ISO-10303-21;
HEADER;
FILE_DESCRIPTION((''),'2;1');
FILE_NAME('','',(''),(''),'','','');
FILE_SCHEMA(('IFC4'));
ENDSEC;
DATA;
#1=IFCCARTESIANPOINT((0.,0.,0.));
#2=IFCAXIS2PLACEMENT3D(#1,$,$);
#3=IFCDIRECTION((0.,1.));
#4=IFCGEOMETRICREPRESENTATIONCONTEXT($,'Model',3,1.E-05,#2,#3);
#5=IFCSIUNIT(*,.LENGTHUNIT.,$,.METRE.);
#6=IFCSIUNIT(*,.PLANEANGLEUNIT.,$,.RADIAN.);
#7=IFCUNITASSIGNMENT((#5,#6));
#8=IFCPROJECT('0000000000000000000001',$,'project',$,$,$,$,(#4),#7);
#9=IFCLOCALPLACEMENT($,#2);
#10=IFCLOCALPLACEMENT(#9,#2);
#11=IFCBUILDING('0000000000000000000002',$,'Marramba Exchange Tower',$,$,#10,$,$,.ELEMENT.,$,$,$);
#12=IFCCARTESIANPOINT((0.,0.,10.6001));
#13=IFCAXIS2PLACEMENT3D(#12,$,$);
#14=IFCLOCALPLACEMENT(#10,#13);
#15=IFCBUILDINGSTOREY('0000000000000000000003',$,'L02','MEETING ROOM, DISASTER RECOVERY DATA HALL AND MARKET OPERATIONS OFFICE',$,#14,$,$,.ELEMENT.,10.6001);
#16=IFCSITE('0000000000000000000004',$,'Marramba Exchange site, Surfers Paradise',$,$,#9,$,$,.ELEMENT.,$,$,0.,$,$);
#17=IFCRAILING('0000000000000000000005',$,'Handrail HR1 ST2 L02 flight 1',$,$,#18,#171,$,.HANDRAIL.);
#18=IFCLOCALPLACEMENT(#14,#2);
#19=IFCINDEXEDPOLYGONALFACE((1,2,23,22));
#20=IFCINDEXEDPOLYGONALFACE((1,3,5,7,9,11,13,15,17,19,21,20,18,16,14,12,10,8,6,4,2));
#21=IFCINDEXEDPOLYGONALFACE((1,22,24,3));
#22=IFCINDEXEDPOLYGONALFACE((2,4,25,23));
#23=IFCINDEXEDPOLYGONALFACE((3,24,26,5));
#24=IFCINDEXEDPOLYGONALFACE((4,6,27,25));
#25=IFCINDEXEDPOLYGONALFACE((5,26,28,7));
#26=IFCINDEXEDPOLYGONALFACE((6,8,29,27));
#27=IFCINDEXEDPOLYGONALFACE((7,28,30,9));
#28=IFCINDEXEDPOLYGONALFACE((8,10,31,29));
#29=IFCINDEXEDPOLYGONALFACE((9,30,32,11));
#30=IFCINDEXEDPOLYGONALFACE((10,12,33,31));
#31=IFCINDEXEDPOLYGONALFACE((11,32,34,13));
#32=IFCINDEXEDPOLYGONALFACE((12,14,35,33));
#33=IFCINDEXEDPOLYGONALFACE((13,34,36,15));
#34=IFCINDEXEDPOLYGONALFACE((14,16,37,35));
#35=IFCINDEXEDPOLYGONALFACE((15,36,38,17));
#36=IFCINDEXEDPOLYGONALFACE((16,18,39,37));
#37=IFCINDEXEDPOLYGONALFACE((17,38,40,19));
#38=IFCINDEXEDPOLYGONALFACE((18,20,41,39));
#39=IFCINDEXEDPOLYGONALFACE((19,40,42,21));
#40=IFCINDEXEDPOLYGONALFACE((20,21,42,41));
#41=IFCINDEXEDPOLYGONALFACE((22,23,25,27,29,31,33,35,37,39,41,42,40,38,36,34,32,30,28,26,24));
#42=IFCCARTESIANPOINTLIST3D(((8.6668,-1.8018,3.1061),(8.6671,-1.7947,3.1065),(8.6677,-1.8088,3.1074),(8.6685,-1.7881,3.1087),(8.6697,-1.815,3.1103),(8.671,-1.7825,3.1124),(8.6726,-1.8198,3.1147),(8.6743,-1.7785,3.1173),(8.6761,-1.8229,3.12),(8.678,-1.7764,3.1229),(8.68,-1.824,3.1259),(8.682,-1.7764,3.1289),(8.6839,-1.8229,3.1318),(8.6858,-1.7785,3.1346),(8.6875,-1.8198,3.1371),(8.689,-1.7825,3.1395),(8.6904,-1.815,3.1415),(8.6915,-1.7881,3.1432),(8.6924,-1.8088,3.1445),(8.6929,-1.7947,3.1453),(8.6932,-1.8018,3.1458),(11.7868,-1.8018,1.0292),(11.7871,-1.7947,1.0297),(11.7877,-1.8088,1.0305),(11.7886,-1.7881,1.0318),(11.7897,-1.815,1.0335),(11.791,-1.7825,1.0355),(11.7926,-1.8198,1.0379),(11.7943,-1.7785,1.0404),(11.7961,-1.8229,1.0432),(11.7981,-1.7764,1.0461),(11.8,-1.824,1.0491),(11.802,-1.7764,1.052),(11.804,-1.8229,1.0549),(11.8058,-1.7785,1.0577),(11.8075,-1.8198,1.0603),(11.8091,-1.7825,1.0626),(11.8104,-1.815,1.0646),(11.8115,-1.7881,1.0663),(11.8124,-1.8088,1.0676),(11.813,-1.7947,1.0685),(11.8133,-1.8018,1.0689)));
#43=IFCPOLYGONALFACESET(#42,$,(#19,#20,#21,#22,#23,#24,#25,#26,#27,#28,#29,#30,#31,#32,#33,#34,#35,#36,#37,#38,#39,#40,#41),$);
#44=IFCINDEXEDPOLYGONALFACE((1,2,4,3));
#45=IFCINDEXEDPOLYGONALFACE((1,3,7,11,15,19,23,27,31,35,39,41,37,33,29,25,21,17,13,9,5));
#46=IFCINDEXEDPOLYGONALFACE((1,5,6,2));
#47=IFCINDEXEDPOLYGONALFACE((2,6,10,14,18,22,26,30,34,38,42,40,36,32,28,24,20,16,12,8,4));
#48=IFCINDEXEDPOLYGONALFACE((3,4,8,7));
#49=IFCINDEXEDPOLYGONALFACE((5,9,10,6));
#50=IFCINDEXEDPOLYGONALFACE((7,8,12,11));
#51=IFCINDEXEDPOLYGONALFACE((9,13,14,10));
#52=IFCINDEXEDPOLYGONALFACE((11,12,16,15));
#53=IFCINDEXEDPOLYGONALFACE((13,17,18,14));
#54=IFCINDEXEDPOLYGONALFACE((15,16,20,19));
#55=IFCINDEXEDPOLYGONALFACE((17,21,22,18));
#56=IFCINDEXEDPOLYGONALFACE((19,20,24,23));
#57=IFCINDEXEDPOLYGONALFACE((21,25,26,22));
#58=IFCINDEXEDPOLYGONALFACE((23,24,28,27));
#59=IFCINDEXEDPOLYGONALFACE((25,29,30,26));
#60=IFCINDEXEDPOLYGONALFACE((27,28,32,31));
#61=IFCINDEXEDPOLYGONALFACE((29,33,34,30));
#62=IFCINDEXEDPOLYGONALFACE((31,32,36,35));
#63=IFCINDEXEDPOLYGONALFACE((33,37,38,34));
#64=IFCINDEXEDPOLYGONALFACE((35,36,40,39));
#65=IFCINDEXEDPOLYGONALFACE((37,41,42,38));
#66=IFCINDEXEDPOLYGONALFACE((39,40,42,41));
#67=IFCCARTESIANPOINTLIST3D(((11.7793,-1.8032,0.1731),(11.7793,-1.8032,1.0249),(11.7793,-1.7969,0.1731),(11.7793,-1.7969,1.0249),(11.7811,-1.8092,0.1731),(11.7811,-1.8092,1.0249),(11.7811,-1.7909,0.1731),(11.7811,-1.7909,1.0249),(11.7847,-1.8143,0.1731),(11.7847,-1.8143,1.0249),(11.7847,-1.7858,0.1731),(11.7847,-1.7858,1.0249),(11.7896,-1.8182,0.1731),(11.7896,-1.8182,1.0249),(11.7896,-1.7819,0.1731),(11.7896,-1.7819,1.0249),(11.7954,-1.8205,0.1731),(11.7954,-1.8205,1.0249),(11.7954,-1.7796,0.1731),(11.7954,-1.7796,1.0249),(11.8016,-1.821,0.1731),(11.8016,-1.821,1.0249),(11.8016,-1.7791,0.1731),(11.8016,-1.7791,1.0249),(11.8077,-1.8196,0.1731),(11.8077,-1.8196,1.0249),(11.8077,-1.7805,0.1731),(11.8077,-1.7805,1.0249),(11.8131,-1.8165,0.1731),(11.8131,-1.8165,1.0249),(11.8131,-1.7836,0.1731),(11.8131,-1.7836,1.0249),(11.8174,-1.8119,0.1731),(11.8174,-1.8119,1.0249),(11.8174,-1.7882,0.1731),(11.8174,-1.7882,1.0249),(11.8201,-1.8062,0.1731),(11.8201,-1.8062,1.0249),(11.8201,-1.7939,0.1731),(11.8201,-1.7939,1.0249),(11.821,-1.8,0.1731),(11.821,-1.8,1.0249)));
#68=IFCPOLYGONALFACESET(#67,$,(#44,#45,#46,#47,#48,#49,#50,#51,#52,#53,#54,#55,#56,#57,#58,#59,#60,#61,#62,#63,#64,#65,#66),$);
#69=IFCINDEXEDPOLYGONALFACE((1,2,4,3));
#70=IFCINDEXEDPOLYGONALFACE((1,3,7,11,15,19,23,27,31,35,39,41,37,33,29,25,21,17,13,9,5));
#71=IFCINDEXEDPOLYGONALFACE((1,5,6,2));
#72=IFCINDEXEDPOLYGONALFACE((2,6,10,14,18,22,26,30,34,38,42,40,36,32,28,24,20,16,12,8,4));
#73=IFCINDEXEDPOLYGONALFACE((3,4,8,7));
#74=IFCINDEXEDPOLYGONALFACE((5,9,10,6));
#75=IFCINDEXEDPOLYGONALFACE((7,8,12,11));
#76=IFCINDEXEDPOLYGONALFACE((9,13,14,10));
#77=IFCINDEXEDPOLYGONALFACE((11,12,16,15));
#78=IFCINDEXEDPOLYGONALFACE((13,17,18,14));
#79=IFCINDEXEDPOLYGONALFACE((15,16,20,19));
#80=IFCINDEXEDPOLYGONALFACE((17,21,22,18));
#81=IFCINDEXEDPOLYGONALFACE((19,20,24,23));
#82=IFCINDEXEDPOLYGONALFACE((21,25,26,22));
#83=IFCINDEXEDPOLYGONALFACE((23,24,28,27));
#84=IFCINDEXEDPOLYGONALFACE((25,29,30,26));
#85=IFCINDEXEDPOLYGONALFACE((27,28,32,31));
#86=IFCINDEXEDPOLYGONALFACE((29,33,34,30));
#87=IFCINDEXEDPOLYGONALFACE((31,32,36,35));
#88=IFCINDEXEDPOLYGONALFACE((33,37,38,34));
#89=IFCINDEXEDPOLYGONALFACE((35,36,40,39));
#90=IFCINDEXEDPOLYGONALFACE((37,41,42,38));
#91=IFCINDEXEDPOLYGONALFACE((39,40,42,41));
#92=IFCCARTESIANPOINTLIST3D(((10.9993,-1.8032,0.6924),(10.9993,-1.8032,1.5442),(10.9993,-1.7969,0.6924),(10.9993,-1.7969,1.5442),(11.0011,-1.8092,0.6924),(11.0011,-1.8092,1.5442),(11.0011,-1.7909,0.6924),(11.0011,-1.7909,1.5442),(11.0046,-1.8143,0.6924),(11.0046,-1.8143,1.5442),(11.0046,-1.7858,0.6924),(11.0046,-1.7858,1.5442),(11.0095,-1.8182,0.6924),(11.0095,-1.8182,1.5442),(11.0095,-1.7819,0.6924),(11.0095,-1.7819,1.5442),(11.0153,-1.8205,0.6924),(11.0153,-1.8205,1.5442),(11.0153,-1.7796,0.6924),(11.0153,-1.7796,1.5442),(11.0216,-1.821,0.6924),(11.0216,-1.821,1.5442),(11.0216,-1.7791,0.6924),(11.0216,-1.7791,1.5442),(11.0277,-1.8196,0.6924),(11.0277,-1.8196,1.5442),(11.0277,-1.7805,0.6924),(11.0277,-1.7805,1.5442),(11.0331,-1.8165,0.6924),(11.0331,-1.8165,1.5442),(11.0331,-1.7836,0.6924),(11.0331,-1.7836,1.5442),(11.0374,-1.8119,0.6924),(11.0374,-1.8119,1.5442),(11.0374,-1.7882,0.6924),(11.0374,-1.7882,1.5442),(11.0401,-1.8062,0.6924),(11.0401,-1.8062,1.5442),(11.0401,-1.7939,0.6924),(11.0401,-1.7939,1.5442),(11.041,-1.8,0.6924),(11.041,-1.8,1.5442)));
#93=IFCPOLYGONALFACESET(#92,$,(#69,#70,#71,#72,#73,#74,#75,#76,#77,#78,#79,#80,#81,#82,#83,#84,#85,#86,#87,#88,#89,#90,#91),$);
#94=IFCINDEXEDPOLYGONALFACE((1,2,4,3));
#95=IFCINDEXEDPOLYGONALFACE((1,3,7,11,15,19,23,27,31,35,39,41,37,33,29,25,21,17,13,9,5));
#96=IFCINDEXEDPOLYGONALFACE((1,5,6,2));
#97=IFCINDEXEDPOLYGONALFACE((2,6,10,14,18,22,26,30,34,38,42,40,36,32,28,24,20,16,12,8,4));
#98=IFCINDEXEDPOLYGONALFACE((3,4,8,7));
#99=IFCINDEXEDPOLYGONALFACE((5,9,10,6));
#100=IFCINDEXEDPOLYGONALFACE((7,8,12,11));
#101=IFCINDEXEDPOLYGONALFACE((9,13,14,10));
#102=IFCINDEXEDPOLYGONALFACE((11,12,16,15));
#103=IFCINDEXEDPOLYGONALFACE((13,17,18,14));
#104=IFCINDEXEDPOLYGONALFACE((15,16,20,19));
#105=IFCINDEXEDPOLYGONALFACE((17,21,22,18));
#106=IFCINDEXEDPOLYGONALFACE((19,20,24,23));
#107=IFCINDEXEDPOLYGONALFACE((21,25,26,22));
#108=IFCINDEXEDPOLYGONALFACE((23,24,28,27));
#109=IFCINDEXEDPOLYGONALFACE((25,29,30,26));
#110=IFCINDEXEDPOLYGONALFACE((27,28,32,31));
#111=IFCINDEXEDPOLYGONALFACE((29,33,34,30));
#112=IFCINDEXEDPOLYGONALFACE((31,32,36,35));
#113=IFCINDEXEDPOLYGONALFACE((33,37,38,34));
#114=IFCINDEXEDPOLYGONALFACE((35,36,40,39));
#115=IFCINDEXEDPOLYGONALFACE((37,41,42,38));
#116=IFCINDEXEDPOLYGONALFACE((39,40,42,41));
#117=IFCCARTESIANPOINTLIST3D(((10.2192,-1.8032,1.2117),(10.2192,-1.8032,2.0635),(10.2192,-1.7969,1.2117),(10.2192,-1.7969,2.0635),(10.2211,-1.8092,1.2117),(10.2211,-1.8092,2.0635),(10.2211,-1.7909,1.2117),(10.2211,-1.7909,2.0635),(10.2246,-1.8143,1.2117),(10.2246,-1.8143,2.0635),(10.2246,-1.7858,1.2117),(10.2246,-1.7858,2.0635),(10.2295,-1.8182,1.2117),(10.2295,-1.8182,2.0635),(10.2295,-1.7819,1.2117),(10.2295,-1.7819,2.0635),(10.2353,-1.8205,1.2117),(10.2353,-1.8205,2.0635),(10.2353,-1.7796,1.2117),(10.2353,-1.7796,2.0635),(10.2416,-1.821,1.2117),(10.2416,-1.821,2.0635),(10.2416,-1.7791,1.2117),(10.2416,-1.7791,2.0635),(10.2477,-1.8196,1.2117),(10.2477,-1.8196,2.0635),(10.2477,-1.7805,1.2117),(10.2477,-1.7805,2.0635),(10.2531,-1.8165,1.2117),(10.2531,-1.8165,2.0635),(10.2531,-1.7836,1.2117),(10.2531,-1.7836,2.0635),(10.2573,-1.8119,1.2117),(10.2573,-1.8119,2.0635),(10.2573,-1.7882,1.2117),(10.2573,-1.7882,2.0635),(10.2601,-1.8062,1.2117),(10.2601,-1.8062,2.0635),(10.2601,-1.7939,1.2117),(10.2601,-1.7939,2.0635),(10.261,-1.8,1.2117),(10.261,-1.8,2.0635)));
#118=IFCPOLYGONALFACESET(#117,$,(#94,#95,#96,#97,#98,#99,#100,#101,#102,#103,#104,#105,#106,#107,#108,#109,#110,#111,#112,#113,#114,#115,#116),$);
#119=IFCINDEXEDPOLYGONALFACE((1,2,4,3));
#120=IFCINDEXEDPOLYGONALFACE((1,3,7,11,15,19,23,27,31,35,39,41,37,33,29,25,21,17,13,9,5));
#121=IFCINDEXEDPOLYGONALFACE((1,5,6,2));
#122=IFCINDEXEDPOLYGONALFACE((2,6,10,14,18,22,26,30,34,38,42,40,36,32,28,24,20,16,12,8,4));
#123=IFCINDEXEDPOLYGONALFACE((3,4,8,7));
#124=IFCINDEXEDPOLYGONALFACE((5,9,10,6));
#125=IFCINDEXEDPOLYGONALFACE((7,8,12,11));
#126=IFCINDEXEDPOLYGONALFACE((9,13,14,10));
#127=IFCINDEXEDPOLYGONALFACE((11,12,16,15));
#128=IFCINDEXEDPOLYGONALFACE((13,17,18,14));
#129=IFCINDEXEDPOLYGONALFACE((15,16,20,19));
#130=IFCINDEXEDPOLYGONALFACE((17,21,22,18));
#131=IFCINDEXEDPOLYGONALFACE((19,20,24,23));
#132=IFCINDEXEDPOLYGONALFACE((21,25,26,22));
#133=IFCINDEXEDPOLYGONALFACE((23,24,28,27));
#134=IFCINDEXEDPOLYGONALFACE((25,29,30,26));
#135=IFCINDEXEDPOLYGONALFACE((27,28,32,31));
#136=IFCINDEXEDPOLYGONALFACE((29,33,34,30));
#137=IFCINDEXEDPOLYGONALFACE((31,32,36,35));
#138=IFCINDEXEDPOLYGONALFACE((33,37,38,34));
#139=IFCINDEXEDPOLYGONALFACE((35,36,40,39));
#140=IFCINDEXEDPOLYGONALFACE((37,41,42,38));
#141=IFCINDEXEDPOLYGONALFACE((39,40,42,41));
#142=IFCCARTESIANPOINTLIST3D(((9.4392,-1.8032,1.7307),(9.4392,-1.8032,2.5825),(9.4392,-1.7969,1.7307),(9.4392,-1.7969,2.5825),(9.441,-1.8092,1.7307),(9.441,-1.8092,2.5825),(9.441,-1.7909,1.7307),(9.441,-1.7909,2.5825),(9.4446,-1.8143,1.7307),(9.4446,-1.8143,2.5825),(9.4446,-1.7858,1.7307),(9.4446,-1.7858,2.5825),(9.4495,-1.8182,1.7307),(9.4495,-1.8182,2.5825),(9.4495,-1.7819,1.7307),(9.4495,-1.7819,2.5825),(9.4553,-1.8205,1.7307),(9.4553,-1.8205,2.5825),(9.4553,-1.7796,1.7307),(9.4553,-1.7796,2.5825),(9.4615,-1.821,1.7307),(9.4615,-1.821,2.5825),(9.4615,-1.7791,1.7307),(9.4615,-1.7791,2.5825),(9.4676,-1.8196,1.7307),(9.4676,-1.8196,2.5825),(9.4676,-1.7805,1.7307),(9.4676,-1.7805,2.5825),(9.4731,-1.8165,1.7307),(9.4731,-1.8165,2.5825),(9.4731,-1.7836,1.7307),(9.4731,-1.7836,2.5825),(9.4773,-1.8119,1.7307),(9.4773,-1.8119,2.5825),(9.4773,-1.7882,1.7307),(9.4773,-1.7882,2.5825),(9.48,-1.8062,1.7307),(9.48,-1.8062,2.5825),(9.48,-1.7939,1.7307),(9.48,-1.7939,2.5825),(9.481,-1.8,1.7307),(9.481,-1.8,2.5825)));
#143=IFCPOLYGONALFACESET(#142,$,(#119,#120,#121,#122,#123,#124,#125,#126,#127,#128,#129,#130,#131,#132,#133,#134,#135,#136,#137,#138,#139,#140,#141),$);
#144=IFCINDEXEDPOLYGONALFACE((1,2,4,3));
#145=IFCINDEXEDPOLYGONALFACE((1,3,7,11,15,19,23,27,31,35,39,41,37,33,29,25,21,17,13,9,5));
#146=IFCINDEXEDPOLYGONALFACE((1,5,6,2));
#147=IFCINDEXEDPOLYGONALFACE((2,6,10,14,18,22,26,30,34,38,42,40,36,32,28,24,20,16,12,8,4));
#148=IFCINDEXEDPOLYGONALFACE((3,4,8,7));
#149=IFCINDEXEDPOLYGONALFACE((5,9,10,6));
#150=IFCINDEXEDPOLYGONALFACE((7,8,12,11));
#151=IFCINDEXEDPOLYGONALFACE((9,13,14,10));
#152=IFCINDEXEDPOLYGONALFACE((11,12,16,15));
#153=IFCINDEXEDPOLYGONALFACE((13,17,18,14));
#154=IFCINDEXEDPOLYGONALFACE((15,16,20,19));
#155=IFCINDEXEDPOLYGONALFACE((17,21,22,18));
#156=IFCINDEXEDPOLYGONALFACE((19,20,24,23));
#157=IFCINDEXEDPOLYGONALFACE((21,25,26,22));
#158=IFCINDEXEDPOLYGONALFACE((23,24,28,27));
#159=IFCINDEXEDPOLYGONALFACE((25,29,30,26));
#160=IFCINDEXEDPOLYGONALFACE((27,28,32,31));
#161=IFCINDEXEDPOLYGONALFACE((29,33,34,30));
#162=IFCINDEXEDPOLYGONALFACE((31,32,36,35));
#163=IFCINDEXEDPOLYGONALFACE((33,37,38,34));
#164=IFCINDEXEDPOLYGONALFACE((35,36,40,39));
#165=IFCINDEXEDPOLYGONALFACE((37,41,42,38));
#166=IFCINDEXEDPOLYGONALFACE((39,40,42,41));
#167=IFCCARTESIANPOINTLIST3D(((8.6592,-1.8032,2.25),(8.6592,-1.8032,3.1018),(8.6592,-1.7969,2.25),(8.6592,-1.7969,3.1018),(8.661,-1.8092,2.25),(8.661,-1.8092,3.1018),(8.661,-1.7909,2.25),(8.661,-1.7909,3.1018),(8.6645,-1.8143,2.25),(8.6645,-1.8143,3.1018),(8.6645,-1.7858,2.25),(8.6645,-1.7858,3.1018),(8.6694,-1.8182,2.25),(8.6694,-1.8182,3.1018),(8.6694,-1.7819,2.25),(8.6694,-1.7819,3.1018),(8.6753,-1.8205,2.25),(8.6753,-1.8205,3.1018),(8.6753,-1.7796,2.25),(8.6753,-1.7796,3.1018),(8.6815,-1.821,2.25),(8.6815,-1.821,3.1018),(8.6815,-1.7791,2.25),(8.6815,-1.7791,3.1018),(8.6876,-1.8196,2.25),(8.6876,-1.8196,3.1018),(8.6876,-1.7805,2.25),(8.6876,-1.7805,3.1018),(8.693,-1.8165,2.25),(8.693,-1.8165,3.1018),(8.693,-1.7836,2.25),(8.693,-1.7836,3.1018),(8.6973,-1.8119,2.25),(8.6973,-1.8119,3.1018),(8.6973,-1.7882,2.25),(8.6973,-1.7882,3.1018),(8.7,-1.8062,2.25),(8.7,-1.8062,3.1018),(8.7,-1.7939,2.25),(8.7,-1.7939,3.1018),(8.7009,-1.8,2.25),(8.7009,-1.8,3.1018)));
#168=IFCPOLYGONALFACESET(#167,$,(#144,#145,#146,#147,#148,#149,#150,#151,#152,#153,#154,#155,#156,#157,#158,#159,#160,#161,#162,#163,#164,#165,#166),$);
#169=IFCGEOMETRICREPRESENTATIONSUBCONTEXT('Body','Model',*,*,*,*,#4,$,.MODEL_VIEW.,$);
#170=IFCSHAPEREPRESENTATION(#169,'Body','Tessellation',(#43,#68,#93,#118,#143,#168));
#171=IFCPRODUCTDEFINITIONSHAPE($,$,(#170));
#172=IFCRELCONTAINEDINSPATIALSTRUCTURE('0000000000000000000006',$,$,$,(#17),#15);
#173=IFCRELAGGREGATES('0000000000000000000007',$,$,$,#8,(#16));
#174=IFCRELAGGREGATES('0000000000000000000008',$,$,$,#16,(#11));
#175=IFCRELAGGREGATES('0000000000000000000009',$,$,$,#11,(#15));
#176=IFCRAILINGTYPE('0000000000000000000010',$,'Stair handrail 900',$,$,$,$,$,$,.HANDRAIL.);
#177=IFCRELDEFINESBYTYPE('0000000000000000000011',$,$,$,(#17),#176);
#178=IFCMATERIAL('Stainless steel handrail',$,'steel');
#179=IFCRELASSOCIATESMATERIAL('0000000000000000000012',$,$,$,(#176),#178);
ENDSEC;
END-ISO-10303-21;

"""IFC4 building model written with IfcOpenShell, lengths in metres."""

from ifc_helpers import new_model, si_unit, direction, frame, origin, origin_2d, place, context, subcontext, project, spatial, circle, extrude, material, type_object, element, save


model = new_model("IFC4")

# Units and contexts
model_context = context("Model", 3, precision=1e-05, world=origin(), true_north=direction((0.0, 1.0)))
body_context = subcontext(model_context, "Body", "Model", "MODEL_VIEW")
ifc_project = project(units=[si_unit("LENGTHUNIT", "METRE"), si_unit("PLANEANGLEUNIT", "RADIAN")], contexts=[model_context])

# Site, building, storey
site_placement = place(None, origin())
site = spatial("IfcSite", under=ifc_project, at=site_placement, Name="Marramba Exchange site, Surfers Paradise", CompositionType="ELEMENT", RefElevation=0.0)
building_placement = place(site_placement, origin())
building = spatial("IfcBuilding", under=site, at=building_placement, Name="Marramba Exchange Tower", CompositionType="ELEMENT")
storey_placement = place(building_placement, frame((0.0, 0.0, 10.6001)))
storey = spatial("IfcBuildingStorey", under=building, at=storey_placement, Name="L02", Description="MEETING ROOM, DISASTER RECOVERY DATA HALL AND MARKET OPERATIONS OFFICE", CompositionType="ELEMENT", Elevation=10.6001)

# Railing
ifc_material_1 = material(Name="Stainless steel handrail", Category="steel")
railing_type = type_object("IfcRailingType", Name="Stair handrail 900", PredefinedType="HANDRAIL", material=ifc_material_1)
railing_placement = place(storey_placement, frame((11.8, -1.8, 0.1731)))
element("IfcRailing", 1, at=railing_placement, inside=storey, type_object=railing_type, Name="Handrail HR1 ST2 L02 flight 1", PredefinedType="HANDRAIL", context=body_context, shape_type="SweptSolid", body=[
    extrude(circle(Radius=0.0239, at=origin_2d()), frame((0.0, 0.0, 0.876), z_axis=(-0.832441, 0.0, 0.554114), x_axis=(0.0, -1.0, 0.0)), (0.0, 0.0, 1.0), 3.748),
    extrude(circle(Radius=0.021, at=origin_2d()), origin(), (0.0, 0.0, 1.0), 0.8518),
    extrude(circle(Radius=0.021, at=origin_2d()), frame((-0.78, 0.0, 0.5193)), (0.0, 0.0, 1.0), 0.8518),
    extrude(circle(Radius=0.021, at=origin_2d()), frame((-1.5601, 0.0, 1.0386)), (0.0, 0.0, 1.0), 0.8518),
    extrude(circle(Radius=0.021, at=origin_2d()), frame((-2.3401, 0.0, 1.5576)), (0.0, 0.0, 1.0), 0.8518),
    extrude(circle(Radius=0.021, at=origin_2d()), frame((-3.1201, 0.0, 2.0769)), (0.0, 0.0, 1.0), 0.8518),
])

save(model, "model.ifc")
